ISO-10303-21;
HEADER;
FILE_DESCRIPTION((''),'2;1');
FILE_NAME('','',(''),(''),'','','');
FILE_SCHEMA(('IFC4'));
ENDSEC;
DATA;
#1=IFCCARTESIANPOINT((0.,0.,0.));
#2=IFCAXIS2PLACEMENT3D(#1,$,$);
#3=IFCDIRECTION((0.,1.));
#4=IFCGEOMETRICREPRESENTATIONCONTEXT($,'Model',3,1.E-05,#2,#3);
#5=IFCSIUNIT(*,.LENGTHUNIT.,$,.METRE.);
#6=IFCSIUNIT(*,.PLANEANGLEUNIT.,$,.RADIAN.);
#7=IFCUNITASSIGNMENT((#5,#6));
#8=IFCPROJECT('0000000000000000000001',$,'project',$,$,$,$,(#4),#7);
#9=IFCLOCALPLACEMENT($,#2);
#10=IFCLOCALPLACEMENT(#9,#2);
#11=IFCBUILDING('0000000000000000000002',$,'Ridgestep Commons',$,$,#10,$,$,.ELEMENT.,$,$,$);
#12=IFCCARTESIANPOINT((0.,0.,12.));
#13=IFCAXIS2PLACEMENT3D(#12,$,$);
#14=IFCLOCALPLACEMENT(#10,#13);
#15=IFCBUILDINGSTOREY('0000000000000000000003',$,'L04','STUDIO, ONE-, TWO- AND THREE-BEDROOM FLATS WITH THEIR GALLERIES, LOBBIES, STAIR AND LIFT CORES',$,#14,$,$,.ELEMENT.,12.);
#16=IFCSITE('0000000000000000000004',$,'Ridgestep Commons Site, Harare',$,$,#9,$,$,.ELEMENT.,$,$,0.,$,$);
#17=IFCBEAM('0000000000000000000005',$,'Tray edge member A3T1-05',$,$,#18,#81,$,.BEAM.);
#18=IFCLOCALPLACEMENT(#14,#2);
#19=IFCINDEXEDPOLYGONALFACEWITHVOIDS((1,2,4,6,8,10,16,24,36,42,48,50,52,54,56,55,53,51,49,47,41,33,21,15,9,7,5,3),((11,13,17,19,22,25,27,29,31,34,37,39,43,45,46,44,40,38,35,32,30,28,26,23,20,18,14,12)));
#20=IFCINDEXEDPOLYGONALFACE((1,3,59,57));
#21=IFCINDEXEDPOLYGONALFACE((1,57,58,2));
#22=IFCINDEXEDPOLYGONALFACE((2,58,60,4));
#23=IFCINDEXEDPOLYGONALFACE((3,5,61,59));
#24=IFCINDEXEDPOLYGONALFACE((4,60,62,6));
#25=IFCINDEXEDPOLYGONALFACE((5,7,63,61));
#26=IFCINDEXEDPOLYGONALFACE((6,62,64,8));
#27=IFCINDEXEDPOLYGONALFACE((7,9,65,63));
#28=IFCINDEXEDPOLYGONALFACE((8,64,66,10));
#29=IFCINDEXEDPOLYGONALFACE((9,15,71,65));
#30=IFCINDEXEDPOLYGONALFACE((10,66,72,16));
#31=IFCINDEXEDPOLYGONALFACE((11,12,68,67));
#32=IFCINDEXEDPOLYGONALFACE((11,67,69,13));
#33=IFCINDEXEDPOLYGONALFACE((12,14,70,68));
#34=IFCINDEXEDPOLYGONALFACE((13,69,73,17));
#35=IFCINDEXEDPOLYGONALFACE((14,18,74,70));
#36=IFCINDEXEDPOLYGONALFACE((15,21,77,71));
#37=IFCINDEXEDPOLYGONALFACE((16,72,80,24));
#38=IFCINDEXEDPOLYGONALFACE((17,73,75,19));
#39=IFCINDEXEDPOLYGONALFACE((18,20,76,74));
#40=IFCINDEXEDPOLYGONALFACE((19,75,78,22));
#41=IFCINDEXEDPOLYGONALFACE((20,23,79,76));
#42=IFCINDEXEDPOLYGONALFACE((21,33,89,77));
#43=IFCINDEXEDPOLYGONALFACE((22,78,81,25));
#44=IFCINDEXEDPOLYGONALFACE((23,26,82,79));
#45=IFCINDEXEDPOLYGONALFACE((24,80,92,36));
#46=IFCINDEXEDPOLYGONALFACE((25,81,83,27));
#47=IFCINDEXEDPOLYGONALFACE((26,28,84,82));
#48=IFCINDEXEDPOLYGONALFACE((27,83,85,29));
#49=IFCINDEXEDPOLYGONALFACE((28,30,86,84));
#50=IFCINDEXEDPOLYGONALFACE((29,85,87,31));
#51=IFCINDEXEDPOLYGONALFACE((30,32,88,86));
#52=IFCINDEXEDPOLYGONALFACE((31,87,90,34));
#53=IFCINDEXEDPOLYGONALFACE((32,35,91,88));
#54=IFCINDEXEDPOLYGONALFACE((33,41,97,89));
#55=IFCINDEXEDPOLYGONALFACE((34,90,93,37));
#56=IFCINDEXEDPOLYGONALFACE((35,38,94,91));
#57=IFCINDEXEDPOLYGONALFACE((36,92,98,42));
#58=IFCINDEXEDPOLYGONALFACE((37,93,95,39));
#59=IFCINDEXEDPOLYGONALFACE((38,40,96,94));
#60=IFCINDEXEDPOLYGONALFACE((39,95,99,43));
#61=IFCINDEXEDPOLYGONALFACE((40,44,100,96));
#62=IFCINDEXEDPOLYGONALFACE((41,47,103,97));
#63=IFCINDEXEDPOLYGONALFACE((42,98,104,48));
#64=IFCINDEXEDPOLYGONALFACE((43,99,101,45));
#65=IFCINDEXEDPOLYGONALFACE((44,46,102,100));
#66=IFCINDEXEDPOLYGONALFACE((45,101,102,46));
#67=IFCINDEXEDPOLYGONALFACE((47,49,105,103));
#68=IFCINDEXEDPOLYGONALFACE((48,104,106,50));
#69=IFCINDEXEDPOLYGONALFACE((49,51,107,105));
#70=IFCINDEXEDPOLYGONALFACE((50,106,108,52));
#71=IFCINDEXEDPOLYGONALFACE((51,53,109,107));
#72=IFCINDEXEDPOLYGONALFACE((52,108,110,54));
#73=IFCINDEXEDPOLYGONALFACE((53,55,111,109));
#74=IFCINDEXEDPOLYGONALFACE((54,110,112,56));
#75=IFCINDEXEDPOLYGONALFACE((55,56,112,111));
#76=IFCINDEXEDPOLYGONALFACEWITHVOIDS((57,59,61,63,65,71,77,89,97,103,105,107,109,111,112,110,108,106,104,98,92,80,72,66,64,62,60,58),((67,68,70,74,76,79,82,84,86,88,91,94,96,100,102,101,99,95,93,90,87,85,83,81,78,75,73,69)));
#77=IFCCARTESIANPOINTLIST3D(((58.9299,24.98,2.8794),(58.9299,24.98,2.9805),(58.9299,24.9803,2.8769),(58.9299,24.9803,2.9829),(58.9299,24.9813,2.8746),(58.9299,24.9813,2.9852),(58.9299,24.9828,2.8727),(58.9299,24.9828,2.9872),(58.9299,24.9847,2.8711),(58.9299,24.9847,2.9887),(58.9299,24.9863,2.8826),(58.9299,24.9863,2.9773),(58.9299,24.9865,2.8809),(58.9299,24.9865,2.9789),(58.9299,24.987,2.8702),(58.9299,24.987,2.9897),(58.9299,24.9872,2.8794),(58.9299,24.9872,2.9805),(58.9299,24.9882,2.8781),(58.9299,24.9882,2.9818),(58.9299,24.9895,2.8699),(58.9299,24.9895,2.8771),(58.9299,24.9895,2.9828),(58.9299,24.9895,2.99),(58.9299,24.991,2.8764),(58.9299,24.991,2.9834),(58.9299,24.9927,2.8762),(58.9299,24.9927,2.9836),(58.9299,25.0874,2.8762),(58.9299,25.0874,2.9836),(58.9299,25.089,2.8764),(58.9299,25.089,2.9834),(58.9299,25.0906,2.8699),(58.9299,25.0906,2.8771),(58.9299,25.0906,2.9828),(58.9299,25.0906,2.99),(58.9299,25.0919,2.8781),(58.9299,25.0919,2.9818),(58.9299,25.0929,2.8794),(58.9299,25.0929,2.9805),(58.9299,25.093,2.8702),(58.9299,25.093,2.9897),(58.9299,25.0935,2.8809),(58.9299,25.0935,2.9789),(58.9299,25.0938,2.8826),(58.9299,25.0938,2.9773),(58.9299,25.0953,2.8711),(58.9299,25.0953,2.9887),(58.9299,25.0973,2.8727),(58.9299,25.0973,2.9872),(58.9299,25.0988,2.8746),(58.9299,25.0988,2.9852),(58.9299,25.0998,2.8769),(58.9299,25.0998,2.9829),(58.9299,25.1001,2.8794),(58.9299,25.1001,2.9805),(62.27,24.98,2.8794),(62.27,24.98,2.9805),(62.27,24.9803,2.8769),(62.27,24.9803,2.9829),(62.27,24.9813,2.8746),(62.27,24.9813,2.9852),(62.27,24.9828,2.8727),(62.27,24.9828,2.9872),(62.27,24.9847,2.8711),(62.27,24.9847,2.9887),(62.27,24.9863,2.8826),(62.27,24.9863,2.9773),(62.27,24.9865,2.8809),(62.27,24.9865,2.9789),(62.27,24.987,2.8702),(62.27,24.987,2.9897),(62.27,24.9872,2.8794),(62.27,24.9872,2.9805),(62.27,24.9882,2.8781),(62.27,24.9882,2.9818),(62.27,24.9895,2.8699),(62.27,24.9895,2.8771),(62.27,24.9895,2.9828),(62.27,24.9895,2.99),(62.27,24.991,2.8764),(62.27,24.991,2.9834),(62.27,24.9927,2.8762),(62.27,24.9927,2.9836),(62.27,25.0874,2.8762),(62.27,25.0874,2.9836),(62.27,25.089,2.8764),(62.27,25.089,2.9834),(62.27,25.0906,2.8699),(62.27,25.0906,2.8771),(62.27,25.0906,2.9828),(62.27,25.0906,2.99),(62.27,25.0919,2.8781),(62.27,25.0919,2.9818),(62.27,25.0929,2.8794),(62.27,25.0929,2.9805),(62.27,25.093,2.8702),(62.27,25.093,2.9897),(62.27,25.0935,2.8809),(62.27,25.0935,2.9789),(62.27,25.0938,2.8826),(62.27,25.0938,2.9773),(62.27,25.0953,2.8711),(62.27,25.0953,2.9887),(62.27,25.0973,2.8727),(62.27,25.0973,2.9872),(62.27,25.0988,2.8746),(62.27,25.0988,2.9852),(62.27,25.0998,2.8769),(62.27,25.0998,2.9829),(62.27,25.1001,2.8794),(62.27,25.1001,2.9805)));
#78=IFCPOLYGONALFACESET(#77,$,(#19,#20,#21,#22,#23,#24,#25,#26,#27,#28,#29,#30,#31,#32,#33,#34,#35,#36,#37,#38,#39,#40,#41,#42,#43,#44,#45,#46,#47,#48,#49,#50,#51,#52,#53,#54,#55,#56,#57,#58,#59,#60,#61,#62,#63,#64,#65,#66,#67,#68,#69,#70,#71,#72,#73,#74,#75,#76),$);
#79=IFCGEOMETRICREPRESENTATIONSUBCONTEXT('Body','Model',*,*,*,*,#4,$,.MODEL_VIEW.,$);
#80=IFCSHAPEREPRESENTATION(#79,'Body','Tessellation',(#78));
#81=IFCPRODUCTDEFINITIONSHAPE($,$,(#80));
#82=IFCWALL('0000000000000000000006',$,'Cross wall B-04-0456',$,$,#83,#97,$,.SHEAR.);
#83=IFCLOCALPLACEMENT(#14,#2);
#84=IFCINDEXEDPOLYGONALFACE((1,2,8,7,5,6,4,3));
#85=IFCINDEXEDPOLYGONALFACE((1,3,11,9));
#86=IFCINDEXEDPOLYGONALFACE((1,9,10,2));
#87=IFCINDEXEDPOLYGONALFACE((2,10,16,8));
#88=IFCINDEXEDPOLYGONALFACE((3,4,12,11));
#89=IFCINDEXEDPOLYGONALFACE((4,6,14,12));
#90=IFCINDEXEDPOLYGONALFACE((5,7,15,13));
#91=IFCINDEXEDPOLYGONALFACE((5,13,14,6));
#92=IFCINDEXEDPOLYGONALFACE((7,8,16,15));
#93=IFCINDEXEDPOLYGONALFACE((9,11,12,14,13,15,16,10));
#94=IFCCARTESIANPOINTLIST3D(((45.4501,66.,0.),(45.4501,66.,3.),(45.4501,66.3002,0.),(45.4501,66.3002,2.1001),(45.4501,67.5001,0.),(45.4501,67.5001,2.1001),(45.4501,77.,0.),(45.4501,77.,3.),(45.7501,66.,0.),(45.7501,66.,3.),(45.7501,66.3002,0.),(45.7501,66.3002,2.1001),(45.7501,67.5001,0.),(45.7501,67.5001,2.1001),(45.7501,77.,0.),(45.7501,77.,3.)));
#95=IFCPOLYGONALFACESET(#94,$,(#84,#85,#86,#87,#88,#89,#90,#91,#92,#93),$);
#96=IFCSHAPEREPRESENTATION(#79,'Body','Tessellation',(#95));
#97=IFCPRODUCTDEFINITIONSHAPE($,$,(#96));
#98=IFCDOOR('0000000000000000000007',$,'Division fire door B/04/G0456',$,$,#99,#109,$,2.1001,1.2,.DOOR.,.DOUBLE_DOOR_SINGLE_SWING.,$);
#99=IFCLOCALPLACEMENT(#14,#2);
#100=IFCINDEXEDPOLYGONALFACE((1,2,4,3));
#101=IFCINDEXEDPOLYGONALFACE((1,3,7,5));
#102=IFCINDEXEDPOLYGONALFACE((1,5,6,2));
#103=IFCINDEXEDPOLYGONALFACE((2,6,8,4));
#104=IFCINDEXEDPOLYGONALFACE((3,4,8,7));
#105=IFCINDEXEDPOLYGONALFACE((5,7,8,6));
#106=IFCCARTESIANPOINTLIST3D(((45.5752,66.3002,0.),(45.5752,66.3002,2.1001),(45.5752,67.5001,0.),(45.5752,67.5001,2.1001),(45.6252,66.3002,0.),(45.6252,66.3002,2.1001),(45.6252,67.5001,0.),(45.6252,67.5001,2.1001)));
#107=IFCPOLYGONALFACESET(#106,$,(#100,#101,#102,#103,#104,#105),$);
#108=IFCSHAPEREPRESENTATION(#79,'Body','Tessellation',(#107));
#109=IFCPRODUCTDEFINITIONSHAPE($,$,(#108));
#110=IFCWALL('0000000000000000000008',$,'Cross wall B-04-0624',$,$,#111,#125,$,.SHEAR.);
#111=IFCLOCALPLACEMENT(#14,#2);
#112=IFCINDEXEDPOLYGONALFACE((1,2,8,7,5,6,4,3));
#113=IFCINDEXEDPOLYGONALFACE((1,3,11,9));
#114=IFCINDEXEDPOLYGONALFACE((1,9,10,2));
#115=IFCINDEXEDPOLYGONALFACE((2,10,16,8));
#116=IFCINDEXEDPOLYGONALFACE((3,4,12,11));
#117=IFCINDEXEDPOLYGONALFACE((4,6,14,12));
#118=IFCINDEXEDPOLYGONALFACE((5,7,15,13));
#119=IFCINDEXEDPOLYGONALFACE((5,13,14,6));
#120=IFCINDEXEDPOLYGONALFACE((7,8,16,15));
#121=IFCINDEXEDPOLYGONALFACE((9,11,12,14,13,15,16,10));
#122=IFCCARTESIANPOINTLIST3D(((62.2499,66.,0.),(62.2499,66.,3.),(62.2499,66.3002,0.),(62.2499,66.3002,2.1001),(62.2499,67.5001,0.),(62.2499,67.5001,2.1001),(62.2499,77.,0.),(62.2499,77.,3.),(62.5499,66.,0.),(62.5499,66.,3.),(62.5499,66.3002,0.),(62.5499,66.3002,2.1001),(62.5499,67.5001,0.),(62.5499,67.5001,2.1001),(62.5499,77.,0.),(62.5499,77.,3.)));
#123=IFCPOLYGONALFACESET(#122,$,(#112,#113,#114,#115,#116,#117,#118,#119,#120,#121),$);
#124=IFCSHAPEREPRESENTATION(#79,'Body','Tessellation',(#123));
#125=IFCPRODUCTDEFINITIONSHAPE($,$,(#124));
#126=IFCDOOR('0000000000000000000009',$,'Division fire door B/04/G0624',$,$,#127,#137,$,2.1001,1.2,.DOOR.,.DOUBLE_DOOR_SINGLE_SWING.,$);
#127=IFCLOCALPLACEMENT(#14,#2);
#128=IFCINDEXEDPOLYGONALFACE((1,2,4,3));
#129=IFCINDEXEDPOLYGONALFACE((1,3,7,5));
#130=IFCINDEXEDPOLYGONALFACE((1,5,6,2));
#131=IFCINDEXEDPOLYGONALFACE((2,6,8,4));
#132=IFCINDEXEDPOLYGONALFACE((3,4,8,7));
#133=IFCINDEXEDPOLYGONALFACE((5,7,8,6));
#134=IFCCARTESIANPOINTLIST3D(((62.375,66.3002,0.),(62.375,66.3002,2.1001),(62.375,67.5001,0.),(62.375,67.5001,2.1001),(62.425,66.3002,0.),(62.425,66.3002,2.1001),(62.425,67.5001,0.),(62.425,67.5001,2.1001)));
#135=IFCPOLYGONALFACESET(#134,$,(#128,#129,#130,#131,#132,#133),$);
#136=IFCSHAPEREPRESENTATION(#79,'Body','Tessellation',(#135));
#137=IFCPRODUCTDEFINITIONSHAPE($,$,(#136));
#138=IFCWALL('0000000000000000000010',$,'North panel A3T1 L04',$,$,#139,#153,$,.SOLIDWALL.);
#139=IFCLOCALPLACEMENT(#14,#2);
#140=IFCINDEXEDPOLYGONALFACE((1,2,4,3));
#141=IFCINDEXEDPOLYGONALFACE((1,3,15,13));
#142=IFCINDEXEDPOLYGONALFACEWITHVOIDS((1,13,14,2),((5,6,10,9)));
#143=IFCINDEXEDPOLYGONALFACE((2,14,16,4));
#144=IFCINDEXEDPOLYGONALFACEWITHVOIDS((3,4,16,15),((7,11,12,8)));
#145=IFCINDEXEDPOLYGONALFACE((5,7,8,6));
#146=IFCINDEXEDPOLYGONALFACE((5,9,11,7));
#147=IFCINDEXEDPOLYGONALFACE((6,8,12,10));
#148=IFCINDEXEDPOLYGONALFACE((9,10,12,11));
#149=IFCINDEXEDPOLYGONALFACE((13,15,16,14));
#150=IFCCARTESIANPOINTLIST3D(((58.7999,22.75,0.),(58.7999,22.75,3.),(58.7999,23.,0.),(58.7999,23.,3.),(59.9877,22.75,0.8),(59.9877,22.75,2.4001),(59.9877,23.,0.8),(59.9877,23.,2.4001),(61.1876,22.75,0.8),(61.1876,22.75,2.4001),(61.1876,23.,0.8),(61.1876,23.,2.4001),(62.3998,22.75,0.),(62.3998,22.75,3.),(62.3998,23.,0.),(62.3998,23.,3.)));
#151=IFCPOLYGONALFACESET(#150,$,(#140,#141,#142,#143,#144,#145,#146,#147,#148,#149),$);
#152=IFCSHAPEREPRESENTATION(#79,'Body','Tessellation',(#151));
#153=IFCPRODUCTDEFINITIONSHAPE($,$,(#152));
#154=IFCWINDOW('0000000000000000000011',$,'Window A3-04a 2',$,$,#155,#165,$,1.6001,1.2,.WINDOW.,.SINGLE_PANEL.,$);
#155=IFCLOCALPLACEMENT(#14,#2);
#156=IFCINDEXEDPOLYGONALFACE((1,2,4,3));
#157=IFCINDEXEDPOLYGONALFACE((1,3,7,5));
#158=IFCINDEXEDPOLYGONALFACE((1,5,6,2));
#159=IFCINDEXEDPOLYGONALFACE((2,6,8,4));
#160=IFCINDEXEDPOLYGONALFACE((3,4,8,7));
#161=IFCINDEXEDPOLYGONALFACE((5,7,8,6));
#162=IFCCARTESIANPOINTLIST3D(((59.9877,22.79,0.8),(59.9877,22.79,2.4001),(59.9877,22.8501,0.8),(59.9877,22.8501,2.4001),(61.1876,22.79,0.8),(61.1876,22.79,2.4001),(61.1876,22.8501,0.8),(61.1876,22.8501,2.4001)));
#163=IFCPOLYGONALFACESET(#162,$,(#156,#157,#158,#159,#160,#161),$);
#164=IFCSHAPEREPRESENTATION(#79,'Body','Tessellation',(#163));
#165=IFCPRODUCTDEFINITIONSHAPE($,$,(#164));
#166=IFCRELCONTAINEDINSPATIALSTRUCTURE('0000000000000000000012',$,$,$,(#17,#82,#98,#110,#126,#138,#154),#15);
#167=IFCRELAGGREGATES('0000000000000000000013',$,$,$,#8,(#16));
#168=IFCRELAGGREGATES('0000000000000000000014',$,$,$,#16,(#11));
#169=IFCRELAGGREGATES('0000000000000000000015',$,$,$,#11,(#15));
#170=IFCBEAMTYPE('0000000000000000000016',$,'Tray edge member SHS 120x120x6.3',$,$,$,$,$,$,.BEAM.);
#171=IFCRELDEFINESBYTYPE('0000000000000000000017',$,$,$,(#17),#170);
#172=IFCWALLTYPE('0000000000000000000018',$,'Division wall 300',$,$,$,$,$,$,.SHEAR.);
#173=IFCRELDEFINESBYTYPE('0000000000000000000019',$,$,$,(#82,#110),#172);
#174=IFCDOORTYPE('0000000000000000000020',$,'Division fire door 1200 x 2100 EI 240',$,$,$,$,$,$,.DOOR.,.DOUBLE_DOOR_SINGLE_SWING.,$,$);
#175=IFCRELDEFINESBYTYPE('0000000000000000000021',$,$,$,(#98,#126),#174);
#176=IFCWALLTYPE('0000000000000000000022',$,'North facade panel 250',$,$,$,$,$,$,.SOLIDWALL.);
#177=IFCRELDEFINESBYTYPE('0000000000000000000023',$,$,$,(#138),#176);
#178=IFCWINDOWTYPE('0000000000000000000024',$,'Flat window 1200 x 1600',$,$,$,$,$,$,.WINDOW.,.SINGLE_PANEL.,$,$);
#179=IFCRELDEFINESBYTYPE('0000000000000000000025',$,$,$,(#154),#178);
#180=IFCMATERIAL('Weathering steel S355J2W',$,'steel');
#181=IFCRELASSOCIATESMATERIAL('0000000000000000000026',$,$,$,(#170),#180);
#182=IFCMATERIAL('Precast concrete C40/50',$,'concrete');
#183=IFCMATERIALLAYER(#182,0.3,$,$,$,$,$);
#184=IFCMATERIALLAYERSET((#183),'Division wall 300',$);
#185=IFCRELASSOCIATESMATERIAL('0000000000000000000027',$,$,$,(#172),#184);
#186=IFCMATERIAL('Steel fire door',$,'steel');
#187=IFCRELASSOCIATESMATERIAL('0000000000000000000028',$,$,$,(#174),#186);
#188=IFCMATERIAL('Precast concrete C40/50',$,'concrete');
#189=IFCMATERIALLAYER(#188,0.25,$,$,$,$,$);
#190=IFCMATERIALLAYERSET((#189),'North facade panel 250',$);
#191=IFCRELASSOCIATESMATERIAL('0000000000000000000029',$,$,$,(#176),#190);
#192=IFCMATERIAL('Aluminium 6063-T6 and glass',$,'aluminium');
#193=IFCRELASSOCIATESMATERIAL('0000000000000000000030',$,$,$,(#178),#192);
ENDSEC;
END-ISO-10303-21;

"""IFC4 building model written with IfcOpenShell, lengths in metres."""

from ifc_helpers import new_model, si_unit, direction, frame, frame_2d, origin, origin_2d, place, context, subcontext, project, spatial, rectangle, hollow_rectangle, extrude, material, layer, layer_set, material_profile, profile_set, type_object, element, fill, save


model = new_model("IFC4")

# Units and contexts
model_context = context("Model", 3, precision=1e-05, world=origin(), true_north=direction((0.0, 1.0)))
body_context = subcontext(model_context, "Body", "Model", "MODEL_VIEW")
ifc_project = project(units=[si_unit("LENGTHUNIT", "METRE"), si_unit("PLANEANGLEUNIT", "RADIAN")], contexts=[model_context])

# Site, building, storey
site_placement = place(None, origin())
site = spatial("IfcSite", under=ifc_project, at=site_placement, Name="Ridgestep Commons Site, Harare", CompositionType="ELEMENT", RefElevation=0.0)
building_placement = place(site_placement, origin())
building = spatial("IfcBuilding", under=site, at=building_placement, Name="Ridgestep Commons", CompositionType="ELEMENT")
storey_placement = place(building_placement, frame((0.0, 0.0, 12.0)))
storey = spatial("IfcBuildingStorey", under=building, at=storey_placement, Name="L04", Description="STUDIO, ONE-, TWO- AND THREE-BEDROOM FLATS WITH THEIR GALLERIES, LOBBIES, STAIR AND LIFT CORES", CompositionType="ELEMENT", Elevation=12.0)

# Beam
ifc_material_1 = material(Name="Weathering steel S355J2W", Category="steel")
ifc_material_profile_1 = material_profile(ifc_material_1, hollow_rectangle(XDim=0.1201, YDim=0.1201, WallThickness=0.0063, InnerFilletRadius=0.0063, OuterFilletRadius=0.0095, at=origin_2d()), Name="SHS 120x120x6.3")
ifc_profile_set_1 = profile_set([ifc_material_profile_1], Name="Weathering steel S355J2W")
beam_type_1 = type_object("IfcBeamType", Name="Tray edge member SHS 120x120x6.3", PredefinedType="BEAM", material=ifc_profile_set_1)
beam_placement = place(storey_placement, frame((58.9299, 25.04, 2.9299), z_axis=(1.0, 0.0, 0.0), x_axis=(0.0, 0.0, 1.0)))
element("IfcBeam", 1, at=beam_placement, inside=storey, type_object=beam_type_1, Name="Tray edge member A3T1-05", PredefinedType="BEAM", context=body_context, shape_type="SweptSolid", body=[
    extrude(hollow_rectangle(XDim=0.1201, YDim=0.1201, WallThickness=0.0063, InnerFilletRadius=0.0063, OuterFilletRadius=0.0095, at=origin_2d()), origin(), (0.0, 0.0, 1.0), 3.3401),
])

# Walls, openings, doors
ifc_material_2 = material(Name="Precast concrete C40/50", Category="concrete")
ifc_layer_1 = layer(ifc_material_2, 0.3)
ifc_layer_set_1 = layer_set([ifc_layer_1], Name="Division wall 300")
wall_type_1 = type_object("IfcWallType", Name="Division wall 300", PredefinedType="SHEAR", material=ifc_layer_set_1)
wall_1_placement = place(storey_placement, frame((45.6001, 66.0, 0.0), z_axis=(0.0, 0.0, 1.0), x_axis=(0.0, 1.0, 0.0)))
wall_1 = element("IfcWall", 2, at=wall_1_placement, inside=storey, type_object=wall_type_1, Name="Cross wall B-04-0456", PredefinedType="SHEAR", context=body_context, shape_type="SweptSolid", body=[
    extrude(rectangle(XDim=11.0, YDim=0.3, at=frame_2d((5.5, 0.0))), origin(), (0.0, 0.0, 1.0), 3.0),
])
opening_1_placement = place(wall_1_placement, frame((0.3, 0.0, 0.0)))
opening_1 = element("IfcOpeningElement", 3, at=opening_1_placement, cuts=wall_1, PredefinedType="OPENING", context=body_context, shape_type="SweptSolid", body=[
    extrude(rectangle(XDim=1.2, YDim=2.1001, at=frame_2d((0.6001, 1.05))), frame((0.0, 0.1599, 0.0), z_axis=(0.0, -1.0, 0.0), x_axis=(1.0, 0.0, 0.0)), (0.0, 0.0, 1.0), 0.3201),
])
ifc_material_3 = material(Name="Steel fire door", Category="steel")
door_type = type_object("IfcDoorType", Name="Division fire door 1200 x 2100 EI 240", OperationType="DOUBLE_DOOR_SINGLE_SWING", PredefinedType="DOOR", material=ifc_material_3)
door_1_placement = place(opening_1_placement, origin())
door_1 = element("IfcDoor", 4, at=door_1_placement, inside=storey, type_object=door_type, Name="Division fire door B/04/G0456", OperationType="DOUBLE_DOOR_SINGLE_SWING", OverallHeight=2.1001, OverallWidth=1.2, PredefinedType="DOOR", context=body_context, shape_type="SweptSolid", body=[
    extrude(rectangle(XDim=1.2, YDim=2.1001, at=frame_2d((0.6001, 1.05))), frame((0.0, 0.0249, 0.0), z_axis=(0.0, -1.0, 0.0), x_axis=(1.0, 0.0, 0.0)), (0.0, 0.0, 1.0), 0.05),
])
fill(opening_1, door_1)
wall_2_placement = place(storey_placement, frame((62.3999, 66.0, 0.0), z_axis=(0.0, 0.0, 1.0), x_axis=(0.0, 1.0, 0.0)))
wall_2 = element("IfcWall", 5, at=wall_2_placement, inside=storey, type_object=wall_type_1, Name="Cross wall B-04-0624", PredefinedType="SHEAR", context=body_context, shape_type="SweptSolid", body=[
    extrude(rectangle(XDim=11.0, YDim=0.3, at=frame_2d((5.5, 0.0))), origin(), (0.0, 0.0, 1.0), 3.0),
])
opening_2_placement = place(wall_2_placement, frame((0.3, 0.0, 0.0)))
opening_2 = element("IfcOpeningElement", 6, at=opening_2_placement, cuts=wall_2, PredefinedType="OPENING", context=body_context, shape_type="SweptSolid", body=[
    extrude(rectangle(XDim=1.2, YDim=2.1001, at=frame_2d((0.6001, 1.05))), frame((0.0, 0.1599, 0.0), z_axis=(0.0, -1.0, 0.0), x_axis=(1.0, 0.0, 0.0)), (0.0, 0.0, 1.0), 0.3201),
])
door_2_placement = place(opening_2_placement, origin())
door_2 = element("IfcDoor", 7, at=door_2_placement, inside=storey, type_object=door_type, Name="Division fire door B/04/G0624", OperationType="DOUBLE_DOOR_SINGLE_SWING", OverallHeight=2.1001, OverallWidth=1.2, PredefinedType="DOOR", context=body_context, shape_type="SweptSolid", body=[
    extrude(rectangle(XDim=1.2, YDim=2.1001, at=frame_2d((0.6001, 1.05))), frame((0.0, 0.0249, 0.0), z_axis=(0.0, -1.0, 0.0), x_axis=(1.0, 0.0, 0.0)), (0.0, 0.0, 1.0), 0.05),
])
fill(opening_2, door_2)

# Wall, opening, window
ifc_material_4 = material(Name="Precast concrete C40/50", Category="concrete")
ifc_layer_2 = layer(ifc_material_4, 0.25)
ifc_layer_set_2 = layer_set([ifc_layer_2], Name="North facade panel 250")
wall_type_2 = type_object("IfcWallType", Name="North facade panel 250", PredefinedType="SOLIDWALL", material=ifc_layer_set_2)
wall_3_placement = place(storey_placement, frame((58.8, 22.875, 0.0), z_axis=(0.0, 0.0, 1.0), x_axis=(1.0, 0.0, 0.0)))
wall_3 = element("IfcWall", 8, at=wall_3_placement, inside=storey, type_object=wall_type_2, Name="North panel A3T1 L04", PredefinedType="SOLIDWALL", context=body_context, shape_type="SweptSolid", body=[
    extrude(rectangle(XDim=3.5999, YDim=0.25, at=frame_2d((1.7998, 0.0))), origin(), (0.0, 0.0, 1.0), 3.0),
])
opening_3_placement = place(wall_3_placement, frame((1.1875, 0.0, 0.8)))
opening_3 = element("IfcOpeningElement", 9, at=opening_3_placement, cuts=wall_3, PredefinedType="OPENING", context=body_context, shape_type="SweptSolid", body=[
    extrude(rectangle(XDim=1.2, YDim=1.6001, at=frame_2d((0.6001, 0.8))), frame((0.0, 0.135, 0.0), z_axis=(0.0, -1.0, 0.0), x_axis=(1.0, 0.0, 0.0)), (0.0, 0.0, 1.0), 0.27),
])
ifc_material_5 = material(Name="Aluminium 6063-T6 and glass", Category="aluminium")
window_type_1 = type_object("IfcWindowType", Name="Flat window 1200 x 1600", PartitioningType="SINGLE_PANEL", PredefinedType="WINDOW", material=ifc_material_5)
window_1_placement = place(opening_3_placement, origin())
window_1 = element("IfcWindow", 10, at=window_1_placement, inside=storey, type_object=window_type_1, Name="Window A3-04a 2", OverallHeight=1.6001, OverallWidth=1.2, PartitioningType="SINGLE_PANEL", PredefinedType="WINDOW", context=body_context, shape_type="SweptSolid", body=[
    extrude(rectangle(XDim=1.2, YDim=1.6001, at=frame_2d((0.6001, 0.8))), frame((0.0, -0.0249, 0.0), z_axis=(0.0, -1.0, 0.0), x_axis=(1.0, 0.0, 0.0)), (0.0, 0.0, 1.0), 0.0601),
])
fill(opening_3, window_1)

save(model, "model.ifc")
